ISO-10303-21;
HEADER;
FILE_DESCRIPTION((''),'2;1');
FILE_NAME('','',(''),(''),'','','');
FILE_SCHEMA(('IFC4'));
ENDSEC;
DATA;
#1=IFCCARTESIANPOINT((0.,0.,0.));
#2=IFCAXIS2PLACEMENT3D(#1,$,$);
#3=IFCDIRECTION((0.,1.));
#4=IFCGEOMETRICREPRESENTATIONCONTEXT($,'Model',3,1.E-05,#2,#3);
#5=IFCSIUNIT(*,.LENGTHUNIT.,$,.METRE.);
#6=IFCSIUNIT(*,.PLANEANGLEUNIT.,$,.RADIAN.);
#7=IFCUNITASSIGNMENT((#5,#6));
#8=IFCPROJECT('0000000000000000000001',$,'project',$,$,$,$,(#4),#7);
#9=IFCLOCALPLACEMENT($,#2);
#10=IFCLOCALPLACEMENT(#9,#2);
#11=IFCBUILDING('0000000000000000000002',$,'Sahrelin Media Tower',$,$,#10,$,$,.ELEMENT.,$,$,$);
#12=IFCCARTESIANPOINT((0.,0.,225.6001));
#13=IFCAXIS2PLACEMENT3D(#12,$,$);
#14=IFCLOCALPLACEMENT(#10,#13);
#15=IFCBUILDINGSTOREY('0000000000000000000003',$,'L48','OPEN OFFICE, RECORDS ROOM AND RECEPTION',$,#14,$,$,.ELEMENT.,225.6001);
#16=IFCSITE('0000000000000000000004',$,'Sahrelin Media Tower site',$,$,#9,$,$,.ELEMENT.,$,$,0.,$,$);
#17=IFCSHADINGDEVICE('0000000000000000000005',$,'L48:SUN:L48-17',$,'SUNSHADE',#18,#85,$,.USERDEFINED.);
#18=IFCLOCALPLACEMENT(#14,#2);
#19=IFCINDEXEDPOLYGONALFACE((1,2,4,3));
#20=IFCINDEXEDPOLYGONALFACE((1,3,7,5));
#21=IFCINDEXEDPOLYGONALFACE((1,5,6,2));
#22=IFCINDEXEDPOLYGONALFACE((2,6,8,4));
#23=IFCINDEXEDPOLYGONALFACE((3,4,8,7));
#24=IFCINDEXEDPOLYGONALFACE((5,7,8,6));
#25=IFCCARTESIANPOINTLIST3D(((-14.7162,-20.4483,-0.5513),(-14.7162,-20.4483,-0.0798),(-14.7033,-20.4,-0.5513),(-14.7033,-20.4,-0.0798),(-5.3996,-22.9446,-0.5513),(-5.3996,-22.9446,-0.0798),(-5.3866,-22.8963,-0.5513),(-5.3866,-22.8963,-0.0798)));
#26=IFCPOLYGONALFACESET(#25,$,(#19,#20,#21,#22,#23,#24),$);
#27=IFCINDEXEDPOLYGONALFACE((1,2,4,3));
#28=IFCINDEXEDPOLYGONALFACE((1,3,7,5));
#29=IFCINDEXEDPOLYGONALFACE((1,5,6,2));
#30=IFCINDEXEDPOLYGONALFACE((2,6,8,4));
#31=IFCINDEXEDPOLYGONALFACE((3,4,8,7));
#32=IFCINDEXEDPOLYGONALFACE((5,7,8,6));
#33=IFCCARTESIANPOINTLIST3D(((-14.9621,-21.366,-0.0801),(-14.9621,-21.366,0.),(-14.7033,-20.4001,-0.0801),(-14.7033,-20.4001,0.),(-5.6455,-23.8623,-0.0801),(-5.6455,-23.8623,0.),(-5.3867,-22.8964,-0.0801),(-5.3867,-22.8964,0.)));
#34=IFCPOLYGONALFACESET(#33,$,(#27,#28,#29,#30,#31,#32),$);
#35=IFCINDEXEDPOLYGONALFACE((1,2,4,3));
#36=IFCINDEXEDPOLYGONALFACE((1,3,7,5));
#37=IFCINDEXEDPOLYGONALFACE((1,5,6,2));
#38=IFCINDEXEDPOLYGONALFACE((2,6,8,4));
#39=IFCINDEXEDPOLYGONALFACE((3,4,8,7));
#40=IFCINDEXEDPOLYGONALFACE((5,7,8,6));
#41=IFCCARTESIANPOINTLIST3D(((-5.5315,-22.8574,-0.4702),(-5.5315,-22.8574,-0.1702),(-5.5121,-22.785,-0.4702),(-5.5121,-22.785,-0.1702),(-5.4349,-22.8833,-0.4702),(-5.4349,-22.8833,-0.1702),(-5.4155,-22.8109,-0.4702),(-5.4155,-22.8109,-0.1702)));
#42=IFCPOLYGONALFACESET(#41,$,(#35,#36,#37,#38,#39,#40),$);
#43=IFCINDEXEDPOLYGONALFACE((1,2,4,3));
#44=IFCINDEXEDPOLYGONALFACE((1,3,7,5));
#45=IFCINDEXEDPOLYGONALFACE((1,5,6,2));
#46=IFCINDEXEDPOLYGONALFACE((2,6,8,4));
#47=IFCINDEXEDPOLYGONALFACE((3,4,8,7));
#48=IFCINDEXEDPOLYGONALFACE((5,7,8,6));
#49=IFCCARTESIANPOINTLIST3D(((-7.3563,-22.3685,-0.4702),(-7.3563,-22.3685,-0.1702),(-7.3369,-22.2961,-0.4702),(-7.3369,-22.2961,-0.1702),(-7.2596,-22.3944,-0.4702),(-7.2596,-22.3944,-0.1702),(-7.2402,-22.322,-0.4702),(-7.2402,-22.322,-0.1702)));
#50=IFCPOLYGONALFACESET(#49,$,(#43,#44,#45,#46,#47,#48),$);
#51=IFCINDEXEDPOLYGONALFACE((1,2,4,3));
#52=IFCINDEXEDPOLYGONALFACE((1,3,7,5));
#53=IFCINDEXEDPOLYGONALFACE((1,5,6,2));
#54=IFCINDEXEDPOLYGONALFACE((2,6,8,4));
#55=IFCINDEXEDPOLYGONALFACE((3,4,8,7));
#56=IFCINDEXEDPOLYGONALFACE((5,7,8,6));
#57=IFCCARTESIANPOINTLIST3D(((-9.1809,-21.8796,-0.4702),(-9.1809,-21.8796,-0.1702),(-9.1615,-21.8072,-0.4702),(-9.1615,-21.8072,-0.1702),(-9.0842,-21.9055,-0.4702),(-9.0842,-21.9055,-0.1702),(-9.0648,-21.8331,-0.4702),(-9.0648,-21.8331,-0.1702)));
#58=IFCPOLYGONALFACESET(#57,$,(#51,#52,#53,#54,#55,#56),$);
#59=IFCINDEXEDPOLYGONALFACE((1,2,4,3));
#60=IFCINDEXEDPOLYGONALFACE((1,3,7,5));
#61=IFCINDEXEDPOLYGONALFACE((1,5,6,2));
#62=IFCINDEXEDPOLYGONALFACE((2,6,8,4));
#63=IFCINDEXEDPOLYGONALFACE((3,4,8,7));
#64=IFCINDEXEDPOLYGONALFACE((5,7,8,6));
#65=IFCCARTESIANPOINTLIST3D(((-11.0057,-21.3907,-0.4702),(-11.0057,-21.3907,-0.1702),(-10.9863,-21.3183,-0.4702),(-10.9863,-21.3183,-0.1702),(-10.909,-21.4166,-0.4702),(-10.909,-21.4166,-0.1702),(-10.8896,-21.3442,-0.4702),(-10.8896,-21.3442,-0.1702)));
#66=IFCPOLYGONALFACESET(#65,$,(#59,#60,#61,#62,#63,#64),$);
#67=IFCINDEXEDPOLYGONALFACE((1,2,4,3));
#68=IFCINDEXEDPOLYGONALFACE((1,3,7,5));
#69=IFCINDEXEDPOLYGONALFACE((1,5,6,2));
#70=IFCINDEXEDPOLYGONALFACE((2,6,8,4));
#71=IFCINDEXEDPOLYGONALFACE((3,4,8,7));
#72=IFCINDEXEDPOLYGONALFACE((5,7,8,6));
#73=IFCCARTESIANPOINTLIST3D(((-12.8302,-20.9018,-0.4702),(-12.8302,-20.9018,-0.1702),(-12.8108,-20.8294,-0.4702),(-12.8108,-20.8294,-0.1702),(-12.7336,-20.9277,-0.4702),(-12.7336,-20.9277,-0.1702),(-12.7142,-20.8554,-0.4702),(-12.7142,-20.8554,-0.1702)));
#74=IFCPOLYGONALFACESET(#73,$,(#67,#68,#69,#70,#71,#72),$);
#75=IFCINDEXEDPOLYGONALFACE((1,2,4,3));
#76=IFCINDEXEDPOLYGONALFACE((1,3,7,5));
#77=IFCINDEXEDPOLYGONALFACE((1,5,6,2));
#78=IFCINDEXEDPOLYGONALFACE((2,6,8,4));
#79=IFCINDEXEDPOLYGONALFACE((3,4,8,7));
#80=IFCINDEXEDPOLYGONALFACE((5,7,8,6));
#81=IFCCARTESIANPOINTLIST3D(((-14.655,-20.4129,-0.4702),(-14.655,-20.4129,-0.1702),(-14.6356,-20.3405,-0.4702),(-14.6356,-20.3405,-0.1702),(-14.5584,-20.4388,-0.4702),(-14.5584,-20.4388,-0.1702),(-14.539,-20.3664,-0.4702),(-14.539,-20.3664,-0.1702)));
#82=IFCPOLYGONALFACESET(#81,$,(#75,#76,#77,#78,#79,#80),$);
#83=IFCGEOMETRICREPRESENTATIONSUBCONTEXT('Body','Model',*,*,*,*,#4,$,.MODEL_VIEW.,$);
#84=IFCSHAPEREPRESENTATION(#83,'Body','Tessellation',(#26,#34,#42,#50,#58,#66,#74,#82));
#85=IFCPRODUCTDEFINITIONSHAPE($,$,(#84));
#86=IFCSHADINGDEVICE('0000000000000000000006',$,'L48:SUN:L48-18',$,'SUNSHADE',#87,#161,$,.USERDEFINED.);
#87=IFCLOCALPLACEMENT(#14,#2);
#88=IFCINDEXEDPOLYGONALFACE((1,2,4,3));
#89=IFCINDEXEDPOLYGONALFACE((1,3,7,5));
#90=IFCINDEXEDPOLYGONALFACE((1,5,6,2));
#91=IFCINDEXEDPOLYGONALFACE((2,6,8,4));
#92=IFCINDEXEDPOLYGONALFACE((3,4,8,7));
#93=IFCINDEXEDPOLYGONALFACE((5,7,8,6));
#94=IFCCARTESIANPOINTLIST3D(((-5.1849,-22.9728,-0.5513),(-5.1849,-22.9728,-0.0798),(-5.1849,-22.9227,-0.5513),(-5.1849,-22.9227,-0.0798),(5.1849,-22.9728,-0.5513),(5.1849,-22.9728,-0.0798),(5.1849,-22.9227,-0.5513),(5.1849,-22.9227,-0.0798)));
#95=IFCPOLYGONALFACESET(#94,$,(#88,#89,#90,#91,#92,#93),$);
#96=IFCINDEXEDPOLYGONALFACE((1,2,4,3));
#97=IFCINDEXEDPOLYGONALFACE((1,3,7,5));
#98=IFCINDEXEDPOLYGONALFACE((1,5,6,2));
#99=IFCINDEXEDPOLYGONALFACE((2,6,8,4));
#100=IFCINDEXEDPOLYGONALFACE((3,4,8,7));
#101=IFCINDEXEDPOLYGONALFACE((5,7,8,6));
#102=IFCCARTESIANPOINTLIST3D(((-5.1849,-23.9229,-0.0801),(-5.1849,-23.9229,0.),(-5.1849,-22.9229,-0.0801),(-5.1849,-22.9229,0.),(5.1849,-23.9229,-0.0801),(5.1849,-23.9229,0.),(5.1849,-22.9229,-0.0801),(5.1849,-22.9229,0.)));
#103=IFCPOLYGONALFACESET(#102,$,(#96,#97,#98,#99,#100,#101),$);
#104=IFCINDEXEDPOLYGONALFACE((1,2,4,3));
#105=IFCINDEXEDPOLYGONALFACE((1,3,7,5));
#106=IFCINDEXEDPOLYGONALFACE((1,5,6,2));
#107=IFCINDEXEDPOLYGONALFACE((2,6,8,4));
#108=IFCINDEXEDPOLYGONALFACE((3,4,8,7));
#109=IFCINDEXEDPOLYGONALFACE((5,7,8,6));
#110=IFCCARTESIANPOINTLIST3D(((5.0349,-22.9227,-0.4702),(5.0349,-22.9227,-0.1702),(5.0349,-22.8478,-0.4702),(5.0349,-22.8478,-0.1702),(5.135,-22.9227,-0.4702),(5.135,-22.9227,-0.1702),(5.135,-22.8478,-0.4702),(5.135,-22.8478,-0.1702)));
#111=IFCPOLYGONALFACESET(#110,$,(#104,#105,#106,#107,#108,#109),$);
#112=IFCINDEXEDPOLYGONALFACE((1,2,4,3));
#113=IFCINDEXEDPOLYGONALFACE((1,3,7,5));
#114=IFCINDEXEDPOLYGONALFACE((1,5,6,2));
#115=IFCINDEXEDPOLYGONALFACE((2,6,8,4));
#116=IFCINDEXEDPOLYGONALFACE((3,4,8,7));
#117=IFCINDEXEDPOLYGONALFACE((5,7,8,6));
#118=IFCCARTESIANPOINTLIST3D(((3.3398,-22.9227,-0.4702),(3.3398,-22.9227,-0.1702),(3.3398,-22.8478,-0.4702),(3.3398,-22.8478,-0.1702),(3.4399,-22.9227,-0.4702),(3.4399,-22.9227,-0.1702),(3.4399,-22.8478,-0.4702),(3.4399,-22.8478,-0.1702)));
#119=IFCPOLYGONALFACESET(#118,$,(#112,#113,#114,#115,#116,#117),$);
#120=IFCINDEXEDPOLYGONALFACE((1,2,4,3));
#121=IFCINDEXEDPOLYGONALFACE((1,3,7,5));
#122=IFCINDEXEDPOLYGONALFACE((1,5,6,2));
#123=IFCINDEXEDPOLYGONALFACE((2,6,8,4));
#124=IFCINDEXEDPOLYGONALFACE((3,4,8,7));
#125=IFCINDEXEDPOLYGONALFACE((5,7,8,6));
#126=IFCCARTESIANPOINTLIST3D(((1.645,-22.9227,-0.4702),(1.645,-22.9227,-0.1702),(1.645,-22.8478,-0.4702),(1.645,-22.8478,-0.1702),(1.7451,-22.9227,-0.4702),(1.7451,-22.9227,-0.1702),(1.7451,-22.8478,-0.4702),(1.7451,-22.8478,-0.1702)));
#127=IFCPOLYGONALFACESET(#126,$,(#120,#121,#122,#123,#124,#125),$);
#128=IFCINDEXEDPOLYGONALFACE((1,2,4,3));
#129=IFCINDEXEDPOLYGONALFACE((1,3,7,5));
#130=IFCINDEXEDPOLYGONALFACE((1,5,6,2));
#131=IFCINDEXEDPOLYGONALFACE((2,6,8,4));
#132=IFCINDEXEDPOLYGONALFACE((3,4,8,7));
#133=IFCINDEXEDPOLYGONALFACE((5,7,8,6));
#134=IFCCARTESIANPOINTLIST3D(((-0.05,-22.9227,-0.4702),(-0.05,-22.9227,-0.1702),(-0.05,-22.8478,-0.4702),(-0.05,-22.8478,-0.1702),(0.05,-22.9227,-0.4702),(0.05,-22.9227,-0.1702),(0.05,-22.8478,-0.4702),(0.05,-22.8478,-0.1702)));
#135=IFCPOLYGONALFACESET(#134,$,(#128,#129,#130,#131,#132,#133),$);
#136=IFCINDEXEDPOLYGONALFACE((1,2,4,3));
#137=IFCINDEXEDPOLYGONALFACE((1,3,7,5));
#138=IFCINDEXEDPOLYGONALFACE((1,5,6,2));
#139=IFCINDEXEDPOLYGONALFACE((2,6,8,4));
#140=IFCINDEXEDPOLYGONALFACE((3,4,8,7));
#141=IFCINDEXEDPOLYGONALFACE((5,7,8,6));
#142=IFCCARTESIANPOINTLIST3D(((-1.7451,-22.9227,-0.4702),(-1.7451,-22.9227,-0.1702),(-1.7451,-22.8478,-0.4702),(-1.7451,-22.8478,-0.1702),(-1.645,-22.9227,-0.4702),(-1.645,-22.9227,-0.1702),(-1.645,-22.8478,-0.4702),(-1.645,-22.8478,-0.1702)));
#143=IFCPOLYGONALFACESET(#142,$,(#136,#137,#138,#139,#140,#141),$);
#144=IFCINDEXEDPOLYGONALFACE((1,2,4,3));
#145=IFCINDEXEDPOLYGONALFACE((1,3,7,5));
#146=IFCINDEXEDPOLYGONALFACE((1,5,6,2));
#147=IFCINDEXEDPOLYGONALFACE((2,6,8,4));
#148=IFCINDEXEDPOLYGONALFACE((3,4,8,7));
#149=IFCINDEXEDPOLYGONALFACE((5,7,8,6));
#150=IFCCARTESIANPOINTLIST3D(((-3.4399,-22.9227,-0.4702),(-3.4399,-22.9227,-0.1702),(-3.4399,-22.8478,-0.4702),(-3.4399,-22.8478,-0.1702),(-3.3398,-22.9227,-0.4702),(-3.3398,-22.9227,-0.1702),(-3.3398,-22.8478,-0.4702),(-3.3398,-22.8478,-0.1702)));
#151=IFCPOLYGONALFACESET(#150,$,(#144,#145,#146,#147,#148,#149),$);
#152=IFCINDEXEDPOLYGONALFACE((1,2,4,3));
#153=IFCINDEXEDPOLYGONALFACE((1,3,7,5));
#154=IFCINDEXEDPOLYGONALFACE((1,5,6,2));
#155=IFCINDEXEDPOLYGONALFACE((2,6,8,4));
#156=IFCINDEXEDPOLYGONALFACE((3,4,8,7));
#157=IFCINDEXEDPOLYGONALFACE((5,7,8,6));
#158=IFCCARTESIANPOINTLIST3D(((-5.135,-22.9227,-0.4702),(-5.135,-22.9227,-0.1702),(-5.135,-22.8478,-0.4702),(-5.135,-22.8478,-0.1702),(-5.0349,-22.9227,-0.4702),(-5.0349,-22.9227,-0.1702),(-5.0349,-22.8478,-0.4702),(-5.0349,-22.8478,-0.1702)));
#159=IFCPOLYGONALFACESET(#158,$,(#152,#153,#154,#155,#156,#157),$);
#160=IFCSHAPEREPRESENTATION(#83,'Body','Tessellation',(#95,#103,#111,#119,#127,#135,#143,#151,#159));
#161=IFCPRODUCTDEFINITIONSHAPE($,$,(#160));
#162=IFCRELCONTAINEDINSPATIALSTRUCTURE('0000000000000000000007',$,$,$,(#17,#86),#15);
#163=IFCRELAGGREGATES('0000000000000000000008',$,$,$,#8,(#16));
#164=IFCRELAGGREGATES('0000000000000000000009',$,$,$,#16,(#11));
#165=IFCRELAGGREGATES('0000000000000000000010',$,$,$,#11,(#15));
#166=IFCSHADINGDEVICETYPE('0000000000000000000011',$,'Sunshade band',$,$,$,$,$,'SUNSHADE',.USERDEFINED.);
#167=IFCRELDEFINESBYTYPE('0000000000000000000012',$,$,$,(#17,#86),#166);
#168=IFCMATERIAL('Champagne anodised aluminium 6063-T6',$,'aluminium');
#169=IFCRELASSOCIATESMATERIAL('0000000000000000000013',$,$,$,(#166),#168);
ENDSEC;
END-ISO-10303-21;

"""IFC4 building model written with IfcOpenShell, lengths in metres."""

from ifc_helpers import new_model, si_unit, direction, frame, origin, origin_2d, place, context, subcontext, project, spatial, rectangle, extrude, material, type_object, element, save


model = new_model("IFC4")

# Units and contexts
model_context = context("Model", 3, precision=1e-05, world=origin(), true_north=direction((0.0, 1.0)))
body_context = subcontext(model_context, "Body", "Model", "MODEL_VIEW")
ifc_project = project(units=[si_unit("LENGTHUNIT", "METRE"), si_unit("PLANEANGLEUNIT", "RADIAN")], contexts=[model_context])

# Site, building, storey
site_placement = place(None, origin())
site = spatial("IfcSite", under=ifc_project, at=site_placement, Name="Sahrelin Media Tower site", CompositionType="ELEMENT", RefElevation=0.0)
building_placement = place(site_placement, origin())
building = spatial("IfcBuilding", under=site, at=building_placement, Name="Sahrelin Media Tower", CompositionType="ELEMENT")
storey_placement = place(building_placement, frame((0.0, 0.0, 225.6001)))
storey = spatial("IfcBuildingStorey", under=building, at=storey_placement, Name="L48", Description="OPEN OFFICE, RECORDS ROOM AND RECEPTION", CompositionType="ELEMENT", Elevation=225.6001)

# Shared definitions
ifc_material_1 = material(Name="Champagne anodised aluminium 6063-T6", Category="aluminium")

# Shading devices
placement_1 = place(storey_placement, frame((-10.0398, -21.6289, 0.0), z_axis=(0.0, 0.0, 1.0), x_axis=(-0.965929, 0.258808, 0.0)))
placement_2 = place(storey_placement, frame((0.0, -22.9028, 0.0), z_axis=(0.0, 0.0, 1.0), x_axis=(-1.0, 0.0, 0.0)))
shading_device_type_1 = type_object("IfcShadingDeviceType", Name="Sunshade band", ElementType="SUNSHADE", PredefinedType="USERDEFINED", material=ifc_material_1)
element("IfcShadingDevice", 1, at=placement_1, inside=storey, type_object=shading_device_type_1, Name="L48:SUN:L48-17", ObjectType="SUNSHADE", PredefinedType="USERDEFINED", context=body_context, shape_type="SweptSolid", body=[
    extrude(rectangle(XDim=9.6453, YDim=0.05, at=origin_2d()), frame((0.0, 0.0449, -0.5513)), (0.0, 0.0, 1.0), 0.4714),
    extrude(rectangle(XDim=9.6453, YDim=1.0, at=origin_2d()), frame((0.0, 0.52, -0.0801)), (0.0, 0.0, 1.0), 0.0801),
    extrude(rectangle(XDim=0.1001, YDim=0.075, at=origin_2d()), frame((-4.7227, -0.0176, -0.4702)), (0.0, 0.0, 1.0), 0.3),
    extrude(rectangle(XDim=0.1001, YDim=0.075, at=origin_2d()), frame((-2.8335, -0.0176, -0.4702)), (0.0, 0.0, 1.0), 0.3),
    extrude(rectangle(XDim=0.1001, YDim=0.075, at=origin_2d()), frame((-0.9446, -0.0176, -0.4702)), (0.0, 0.0, 1.0), 0.3),
    extrude(rectangle(XDim=0.1001, YDim=0.075, at=origin_2d()), frame((0.9446, -0.0176, -0.4702)), (0.0, 0.0, 1.0), 0.3),
    extrude(rectangle(XDim=0.1001, YDim=0.075, at=origin_2d()), frame((2.8335, -0.0176, -0.4702)), (0.0, 0.0, 1.0), 0.3),
    extrude(rectangle(XDim=0.1001, YDim=0.075, at=origin_2d()), frame((4.7227, -0.0176, -0.4702)), (0.0, 0.0, 1.0), 0.3),
])
element("IfcShadingDevice", 2, at=placement_2, inside=storey, type_object=shading_device_type_1, Name="L48:SUN:L48-18", ObjectType="SUNSHADE", PredefinedType="USERDEFINED", context=body_context, shape_type="SweptSolid", body=[
    extrude(rectangle(XDim=10.3699, YDim=0.05, at=origin_2d()), frame((0.0, 0.0449, -0.5513)), (0.0, 0.0, 1.0), 0.4714),
    extrude(rectangle(XDim=10.3699, YDim=1.0, at=origin_2d()), frame((0.0, 0.52, -0.0801)), (0.0, 0.0, 1.0), 0.0801),
    extrude(rectangle(XDim=0.1001, YDim=0.075, at=origin_2d()), frame((-5.085, -0.0176, -0.4702)), (0.0, 0.0, 1.0), 0.3),
    extrude(rectangle(XDim=0.1001, YDim=0.075, at=origin_2d()), frame((-3.3899, -0.0176, -0.4702)), (0.0, 0.0, 1.0), 0.3),
    extrude(rectangle(XDim=0.1001, YDim=0.075, at=origin_2d()), frame((-1.6951, -0.0176, -0.4702)), (0.0, 0.0, 1.0), 0.3),
    extrude(rectangle(XDim=0.1001, YDim=0.075, at=origin_2d()), frame((0.0, -0.0176, -0.4702)), (0.0, 0.0, 1.0), 0.3),
    extrude(rectangle(XDim=0.1001, YDim=0.075, at=origin_2d()), frame((1.6951, -0.0176, -0.4702)), (0.0, 0.0, 1.0), 0.3),
    extrude(rectangle(XDim=0.1001, YDim=0.075, at=origin_2d()), frame((3.3899, -0.0176, -0.4702)), (0.0, 0.0, 1.0), 0.3),
    extrude(rectangle(XDim=0.1001, YDim=0.075, at=origin_2d()), frame((5.085, -0.0176, -0.4702)), (0.0, 0.0, 1.0), 0.3),
])

save(model, "model.ifc")
